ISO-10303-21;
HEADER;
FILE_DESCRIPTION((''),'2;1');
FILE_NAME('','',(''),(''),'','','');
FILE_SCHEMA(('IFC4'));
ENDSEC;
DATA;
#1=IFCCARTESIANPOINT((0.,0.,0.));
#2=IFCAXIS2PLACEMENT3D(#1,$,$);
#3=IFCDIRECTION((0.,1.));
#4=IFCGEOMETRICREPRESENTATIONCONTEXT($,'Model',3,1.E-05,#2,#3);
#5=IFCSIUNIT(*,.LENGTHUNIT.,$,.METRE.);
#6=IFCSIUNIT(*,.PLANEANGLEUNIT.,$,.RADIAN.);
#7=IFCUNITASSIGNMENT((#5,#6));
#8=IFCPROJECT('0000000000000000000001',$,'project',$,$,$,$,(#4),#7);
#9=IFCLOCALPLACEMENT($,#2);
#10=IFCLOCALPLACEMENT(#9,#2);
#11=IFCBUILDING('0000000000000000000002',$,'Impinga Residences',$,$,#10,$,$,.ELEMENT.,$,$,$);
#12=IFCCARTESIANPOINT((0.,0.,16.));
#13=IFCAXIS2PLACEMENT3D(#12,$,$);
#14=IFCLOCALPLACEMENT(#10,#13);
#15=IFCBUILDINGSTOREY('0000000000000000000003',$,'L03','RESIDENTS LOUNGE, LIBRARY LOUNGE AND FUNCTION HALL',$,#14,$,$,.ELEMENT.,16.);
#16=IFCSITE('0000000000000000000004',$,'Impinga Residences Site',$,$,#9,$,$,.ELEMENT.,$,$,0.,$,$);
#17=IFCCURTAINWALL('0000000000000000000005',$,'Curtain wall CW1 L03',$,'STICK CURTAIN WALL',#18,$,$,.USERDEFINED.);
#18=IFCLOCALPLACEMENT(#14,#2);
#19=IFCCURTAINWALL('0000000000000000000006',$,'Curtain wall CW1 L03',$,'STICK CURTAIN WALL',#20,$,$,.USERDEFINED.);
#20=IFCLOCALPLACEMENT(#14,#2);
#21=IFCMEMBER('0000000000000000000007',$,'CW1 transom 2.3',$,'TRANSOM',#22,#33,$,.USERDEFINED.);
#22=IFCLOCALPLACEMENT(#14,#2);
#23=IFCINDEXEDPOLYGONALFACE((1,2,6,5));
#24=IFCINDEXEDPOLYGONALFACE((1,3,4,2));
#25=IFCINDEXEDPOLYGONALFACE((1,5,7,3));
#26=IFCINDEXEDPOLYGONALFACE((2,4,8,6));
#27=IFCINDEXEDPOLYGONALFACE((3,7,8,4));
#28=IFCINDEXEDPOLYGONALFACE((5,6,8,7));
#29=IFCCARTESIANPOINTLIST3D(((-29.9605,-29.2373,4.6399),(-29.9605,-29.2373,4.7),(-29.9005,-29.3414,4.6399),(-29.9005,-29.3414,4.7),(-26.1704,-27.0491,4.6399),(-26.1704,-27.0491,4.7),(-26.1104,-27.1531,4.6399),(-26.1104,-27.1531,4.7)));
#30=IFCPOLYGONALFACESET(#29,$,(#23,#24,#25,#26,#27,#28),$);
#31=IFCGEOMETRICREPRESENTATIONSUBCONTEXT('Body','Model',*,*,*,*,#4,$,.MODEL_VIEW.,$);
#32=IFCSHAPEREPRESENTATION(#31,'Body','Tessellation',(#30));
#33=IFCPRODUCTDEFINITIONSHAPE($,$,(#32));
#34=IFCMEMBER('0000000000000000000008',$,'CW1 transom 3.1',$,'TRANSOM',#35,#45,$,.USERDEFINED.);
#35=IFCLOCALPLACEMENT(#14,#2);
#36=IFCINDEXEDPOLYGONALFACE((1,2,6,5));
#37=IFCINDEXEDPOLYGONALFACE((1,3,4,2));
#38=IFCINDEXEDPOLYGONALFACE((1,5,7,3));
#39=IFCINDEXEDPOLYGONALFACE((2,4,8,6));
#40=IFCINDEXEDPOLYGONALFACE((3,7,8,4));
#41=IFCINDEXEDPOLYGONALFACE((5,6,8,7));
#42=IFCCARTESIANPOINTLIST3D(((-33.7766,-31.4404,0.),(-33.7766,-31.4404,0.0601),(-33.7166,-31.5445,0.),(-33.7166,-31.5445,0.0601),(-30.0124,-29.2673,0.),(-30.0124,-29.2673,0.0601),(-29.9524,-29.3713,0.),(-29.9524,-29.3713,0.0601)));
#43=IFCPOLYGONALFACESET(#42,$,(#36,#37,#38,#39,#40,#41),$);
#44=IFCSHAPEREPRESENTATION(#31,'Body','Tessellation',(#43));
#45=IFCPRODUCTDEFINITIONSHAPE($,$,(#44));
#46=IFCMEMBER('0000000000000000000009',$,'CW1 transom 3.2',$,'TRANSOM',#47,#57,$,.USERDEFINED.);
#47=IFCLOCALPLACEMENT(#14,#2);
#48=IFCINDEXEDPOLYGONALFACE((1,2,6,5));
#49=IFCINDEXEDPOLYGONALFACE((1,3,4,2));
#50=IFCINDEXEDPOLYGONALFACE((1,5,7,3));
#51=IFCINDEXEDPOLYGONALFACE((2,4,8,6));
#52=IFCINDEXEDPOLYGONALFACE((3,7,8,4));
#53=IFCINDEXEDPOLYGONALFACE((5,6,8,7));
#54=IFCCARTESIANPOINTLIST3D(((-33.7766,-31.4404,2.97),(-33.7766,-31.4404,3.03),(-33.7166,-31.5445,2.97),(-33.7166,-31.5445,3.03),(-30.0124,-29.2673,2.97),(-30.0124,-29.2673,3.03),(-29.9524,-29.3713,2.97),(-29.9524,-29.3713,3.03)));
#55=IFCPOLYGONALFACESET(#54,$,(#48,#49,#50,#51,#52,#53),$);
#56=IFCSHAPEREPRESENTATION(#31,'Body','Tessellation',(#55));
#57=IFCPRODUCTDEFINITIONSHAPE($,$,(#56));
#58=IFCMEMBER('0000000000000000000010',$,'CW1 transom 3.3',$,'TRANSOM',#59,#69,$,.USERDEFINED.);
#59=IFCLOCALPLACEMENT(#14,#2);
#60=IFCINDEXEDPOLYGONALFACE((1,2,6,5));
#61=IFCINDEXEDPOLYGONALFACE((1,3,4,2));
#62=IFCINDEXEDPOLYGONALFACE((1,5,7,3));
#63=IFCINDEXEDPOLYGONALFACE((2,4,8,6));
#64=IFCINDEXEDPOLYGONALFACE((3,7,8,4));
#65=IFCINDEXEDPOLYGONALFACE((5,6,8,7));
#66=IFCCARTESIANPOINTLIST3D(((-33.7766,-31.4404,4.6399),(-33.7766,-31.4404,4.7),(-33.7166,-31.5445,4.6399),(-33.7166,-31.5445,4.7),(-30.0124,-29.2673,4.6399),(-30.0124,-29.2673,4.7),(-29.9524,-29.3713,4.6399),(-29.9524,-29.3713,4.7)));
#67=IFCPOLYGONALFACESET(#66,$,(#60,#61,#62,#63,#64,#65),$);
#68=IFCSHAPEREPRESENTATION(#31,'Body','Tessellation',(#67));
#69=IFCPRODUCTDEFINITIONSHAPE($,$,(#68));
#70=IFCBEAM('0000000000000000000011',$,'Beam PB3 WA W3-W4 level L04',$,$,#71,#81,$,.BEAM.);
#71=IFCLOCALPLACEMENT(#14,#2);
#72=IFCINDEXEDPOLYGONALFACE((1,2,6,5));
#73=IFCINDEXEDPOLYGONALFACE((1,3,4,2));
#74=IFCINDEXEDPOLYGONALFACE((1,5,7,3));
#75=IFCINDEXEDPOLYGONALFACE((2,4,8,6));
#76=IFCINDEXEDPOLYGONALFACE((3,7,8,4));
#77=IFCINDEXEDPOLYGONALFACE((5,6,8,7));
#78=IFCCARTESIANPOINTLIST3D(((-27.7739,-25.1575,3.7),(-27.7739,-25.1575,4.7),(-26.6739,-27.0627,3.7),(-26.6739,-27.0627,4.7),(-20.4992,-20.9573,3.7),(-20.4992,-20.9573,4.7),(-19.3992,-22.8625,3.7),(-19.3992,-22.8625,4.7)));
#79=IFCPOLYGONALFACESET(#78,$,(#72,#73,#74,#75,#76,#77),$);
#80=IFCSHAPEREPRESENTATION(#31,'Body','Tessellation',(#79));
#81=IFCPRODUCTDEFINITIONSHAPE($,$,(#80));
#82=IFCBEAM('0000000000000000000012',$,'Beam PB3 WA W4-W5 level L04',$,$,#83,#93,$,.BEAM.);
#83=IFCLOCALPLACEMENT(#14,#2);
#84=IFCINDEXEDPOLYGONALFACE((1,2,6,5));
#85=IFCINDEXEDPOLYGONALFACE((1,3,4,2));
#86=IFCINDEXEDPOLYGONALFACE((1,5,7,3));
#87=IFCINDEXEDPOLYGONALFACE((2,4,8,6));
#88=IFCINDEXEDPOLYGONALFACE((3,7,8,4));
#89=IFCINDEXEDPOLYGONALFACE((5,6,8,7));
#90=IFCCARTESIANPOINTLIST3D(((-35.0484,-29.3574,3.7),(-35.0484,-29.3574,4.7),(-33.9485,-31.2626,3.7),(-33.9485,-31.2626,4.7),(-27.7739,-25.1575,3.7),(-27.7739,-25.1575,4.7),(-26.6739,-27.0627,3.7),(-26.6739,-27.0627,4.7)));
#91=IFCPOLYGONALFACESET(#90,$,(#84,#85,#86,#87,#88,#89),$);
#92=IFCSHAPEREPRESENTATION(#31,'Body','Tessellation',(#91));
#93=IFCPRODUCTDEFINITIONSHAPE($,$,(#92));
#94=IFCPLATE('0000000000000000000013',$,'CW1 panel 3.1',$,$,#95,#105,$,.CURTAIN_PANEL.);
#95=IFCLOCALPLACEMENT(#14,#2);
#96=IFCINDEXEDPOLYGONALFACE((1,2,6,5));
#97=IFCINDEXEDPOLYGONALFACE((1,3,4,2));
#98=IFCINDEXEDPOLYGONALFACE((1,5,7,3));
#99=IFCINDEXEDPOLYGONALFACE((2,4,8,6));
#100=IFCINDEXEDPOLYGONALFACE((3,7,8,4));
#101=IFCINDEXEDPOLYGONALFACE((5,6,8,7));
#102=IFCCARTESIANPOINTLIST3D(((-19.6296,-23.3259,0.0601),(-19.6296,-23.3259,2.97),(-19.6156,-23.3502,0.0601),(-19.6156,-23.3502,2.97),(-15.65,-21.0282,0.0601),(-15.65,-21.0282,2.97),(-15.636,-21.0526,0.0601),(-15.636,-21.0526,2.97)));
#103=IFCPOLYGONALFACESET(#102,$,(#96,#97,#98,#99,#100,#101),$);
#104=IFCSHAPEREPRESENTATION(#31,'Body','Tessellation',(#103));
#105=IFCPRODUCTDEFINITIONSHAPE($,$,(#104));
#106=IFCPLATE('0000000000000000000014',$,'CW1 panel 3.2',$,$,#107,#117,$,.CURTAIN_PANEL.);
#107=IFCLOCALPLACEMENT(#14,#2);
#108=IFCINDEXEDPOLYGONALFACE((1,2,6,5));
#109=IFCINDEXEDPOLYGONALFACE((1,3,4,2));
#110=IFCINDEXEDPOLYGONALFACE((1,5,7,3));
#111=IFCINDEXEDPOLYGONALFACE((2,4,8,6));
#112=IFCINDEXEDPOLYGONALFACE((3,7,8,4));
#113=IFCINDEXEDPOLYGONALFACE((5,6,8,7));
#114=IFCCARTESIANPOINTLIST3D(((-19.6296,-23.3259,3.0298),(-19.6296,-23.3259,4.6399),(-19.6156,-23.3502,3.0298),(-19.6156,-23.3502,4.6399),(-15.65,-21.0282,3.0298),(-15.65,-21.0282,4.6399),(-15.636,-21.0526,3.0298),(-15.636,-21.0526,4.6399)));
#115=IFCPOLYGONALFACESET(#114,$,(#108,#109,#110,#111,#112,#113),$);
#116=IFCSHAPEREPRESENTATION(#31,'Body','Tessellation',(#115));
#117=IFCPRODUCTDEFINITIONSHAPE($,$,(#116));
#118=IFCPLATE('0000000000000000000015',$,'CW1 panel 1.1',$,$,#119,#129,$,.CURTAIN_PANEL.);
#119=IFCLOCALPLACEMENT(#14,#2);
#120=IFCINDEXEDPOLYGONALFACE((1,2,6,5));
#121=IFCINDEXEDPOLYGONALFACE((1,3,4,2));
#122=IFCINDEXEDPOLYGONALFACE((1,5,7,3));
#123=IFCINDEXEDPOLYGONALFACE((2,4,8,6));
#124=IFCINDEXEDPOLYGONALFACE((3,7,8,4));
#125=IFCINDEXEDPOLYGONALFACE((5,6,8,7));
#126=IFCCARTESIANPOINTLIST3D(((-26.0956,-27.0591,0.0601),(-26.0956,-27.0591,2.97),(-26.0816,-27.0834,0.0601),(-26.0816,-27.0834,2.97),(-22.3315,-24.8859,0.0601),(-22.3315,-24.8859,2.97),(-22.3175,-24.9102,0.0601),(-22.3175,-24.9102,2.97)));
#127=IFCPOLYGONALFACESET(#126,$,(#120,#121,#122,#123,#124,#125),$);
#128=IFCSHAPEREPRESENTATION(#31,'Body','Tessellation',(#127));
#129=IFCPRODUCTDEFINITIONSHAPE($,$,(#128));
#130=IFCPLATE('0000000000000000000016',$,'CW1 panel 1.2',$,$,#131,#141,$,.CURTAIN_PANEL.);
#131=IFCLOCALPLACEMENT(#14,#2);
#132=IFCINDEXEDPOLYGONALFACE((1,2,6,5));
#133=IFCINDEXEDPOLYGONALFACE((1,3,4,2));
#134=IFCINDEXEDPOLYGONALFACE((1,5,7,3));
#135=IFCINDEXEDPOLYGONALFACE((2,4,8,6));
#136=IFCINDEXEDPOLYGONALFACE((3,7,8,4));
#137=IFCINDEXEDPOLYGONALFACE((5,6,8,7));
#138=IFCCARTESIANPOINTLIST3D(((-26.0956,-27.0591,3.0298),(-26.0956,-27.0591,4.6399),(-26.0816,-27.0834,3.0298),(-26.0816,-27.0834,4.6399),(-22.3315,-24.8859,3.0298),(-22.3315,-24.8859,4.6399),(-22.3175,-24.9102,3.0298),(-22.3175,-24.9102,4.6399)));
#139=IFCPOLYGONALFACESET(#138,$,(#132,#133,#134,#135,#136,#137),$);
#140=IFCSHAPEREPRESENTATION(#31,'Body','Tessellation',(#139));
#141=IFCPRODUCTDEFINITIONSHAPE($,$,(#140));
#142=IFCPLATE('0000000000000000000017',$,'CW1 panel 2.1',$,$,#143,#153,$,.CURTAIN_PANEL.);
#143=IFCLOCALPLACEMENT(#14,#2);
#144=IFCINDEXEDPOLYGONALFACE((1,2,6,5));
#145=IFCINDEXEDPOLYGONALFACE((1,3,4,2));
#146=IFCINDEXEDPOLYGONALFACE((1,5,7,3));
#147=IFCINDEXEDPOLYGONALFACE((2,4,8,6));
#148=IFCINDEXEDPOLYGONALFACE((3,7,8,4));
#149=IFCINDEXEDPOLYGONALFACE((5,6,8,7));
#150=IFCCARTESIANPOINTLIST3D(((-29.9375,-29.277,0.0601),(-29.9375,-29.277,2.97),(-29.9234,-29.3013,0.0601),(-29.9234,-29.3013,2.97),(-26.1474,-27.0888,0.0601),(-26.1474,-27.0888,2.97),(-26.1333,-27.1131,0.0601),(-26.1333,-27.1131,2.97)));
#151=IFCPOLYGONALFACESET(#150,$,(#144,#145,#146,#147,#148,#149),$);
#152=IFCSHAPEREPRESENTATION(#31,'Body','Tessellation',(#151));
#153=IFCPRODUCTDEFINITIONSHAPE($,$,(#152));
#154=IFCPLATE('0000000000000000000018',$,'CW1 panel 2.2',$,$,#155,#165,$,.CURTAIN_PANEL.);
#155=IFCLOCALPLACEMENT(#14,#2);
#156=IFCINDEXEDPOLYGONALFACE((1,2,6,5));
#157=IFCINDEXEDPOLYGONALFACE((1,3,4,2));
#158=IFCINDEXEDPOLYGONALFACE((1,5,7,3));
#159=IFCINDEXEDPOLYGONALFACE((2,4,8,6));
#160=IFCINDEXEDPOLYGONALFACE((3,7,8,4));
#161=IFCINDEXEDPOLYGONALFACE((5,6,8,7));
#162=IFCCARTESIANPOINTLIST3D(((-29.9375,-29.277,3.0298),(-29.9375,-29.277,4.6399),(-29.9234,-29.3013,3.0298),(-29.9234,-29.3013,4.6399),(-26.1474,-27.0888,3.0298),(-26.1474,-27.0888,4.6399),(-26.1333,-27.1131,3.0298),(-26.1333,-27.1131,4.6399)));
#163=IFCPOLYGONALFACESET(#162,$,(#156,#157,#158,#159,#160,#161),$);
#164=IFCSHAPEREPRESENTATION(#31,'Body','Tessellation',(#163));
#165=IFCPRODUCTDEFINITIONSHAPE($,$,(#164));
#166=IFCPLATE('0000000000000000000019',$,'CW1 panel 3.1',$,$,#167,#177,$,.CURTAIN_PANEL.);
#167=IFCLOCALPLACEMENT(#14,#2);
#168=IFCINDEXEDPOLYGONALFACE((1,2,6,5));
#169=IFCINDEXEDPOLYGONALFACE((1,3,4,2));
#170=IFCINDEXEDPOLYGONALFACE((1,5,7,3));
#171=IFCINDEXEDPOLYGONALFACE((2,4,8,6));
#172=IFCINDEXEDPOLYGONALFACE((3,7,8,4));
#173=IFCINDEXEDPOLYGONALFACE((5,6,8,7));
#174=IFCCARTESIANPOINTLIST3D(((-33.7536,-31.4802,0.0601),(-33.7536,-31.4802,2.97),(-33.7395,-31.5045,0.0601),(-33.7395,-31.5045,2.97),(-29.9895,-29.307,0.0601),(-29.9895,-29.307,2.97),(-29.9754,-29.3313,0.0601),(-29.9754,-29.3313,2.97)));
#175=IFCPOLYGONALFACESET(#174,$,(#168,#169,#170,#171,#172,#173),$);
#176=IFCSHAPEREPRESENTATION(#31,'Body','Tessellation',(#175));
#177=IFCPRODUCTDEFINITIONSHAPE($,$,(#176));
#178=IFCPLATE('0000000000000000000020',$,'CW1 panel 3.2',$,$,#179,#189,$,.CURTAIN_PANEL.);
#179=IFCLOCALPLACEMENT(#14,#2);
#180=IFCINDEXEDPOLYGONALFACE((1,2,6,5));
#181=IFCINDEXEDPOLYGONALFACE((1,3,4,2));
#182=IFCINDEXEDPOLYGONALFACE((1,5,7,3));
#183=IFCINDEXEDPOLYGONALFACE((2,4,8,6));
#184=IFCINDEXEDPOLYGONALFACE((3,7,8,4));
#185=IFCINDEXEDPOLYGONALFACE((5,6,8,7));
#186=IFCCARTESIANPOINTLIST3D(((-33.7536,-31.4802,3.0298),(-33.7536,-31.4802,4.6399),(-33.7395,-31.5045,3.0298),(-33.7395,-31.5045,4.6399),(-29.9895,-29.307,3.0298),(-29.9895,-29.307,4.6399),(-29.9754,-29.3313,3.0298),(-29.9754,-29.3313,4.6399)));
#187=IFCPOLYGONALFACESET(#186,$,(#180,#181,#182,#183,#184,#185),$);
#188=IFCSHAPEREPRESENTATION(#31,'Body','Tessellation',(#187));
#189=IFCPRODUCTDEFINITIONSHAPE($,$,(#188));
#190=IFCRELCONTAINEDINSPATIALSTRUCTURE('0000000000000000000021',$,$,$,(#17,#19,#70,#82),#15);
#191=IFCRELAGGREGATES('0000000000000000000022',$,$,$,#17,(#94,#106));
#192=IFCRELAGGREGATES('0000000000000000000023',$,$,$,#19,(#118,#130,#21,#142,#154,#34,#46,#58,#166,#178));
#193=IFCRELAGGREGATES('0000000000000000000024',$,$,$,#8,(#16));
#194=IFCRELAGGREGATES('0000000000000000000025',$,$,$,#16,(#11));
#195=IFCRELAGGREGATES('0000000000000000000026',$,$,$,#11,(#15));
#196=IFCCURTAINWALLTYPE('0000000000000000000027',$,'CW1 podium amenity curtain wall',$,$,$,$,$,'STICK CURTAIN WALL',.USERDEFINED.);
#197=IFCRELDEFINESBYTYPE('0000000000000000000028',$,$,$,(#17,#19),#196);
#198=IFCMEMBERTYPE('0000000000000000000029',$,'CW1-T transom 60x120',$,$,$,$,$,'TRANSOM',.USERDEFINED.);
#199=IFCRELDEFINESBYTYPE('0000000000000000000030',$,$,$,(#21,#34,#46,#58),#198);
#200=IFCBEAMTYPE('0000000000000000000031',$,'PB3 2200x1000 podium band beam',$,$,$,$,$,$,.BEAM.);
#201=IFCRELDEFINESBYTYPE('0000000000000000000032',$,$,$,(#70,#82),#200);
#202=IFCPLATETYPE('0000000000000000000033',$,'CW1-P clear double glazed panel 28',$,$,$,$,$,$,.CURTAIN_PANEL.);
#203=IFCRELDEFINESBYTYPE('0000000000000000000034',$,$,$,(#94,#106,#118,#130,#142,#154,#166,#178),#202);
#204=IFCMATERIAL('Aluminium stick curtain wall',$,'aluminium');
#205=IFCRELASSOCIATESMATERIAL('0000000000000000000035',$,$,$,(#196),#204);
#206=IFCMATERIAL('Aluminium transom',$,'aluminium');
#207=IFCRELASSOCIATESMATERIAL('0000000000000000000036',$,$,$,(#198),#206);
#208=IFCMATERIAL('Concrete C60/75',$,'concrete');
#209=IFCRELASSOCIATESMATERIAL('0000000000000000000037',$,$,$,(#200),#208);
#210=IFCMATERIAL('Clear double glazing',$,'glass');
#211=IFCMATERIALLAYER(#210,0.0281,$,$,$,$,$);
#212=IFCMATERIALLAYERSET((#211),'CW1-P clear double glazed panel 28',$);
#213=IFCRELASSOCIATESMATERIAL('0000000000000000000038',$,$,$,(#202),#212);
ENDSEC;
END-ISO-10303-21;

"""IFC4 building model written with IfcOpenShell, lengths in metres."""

from ifc_helpers import new_model, si_unit, direction, frame, origin, origin_2d, place, context, subcontext, project, spatial, rectangle, extrude, material, layer, layer_set, material_profile, profile_set, type_object, element, aggregate, save


model = new_model("IFC4")

# Units and contexts
model_context = context("Model", 3, precision=1e-05, world=origin(), true_north=direction((0.0, 1.0)))
body_context = subcontext(model_context, "Body", "Model", "MODEL_VIEW")
ifc_project = project(units=[si_unit("LENGTHUNIT", "METRE"), si_unit("PLANEANGLEUNIT", "RADIAN")], contexts=[model_context])

# Site, building, storey
site_placement = place(None, origin())
site = spatial("IfcSite", under=ifc_project, at=site_placement, Name="Impinga Residences Site", CompositionType="ELEMENT", RefElevation=0.0)
building_placement = place(site_placement, origin())
building = spatial("IfcBuilding", under=site, at=building_placement, Name="Impinga Residences", CompositionType="ELEMENT")
storey_placement = place(building_placement, frame((0.0, 0.0, 16.0)))
storey = spatial("IfcBuildingStorey", under=building, at=storey_placement, Name="L03", Description="RESIDENTS LOUNGE, LIBRARY LOUNGE AND FUNCTION HALL", CompositionType="ELEMENT", Elevation=16.0)

# Shared definitions
ifc_material_1 = material(Name="Concrete C60/75", Category="concrete")

# Curtain wall
ifc_material_2 = material(Name="Aluminium stick curtain wall", Category="aluminium")
curtain_wall_type = type_object("IfcCurtainWallType", Name="CW1 podium amenity curtain wall", ElementType="STICK CURTAIN WALL", PredefinedType="USERDEFINED", material=ifc_material_2)
curtain_wall_1_placement = place(storey_placement, origin())
curtain_wall_1 = element("IfcCurtainWall", 1, at=curtain_wall_1_placement, inside=storey, type_object=curtain_wall_type, Name="Curtain wall CW1 L03", ObjectType="STICK CURTAIN WALL", PredefinedType="USERDEFINED")

# Curtain wall
curtain_wall_2_placement = place(storey_placement, origin())
curtain_wall_2 = element("IfcCurtainWall", 2, at=curtain_wall_2_placement, inside=storey, type_object=curtain_wall_type, Name="Curtain wall CW1 L03", ObjectType="STICK CURTAIN WALL", PredefinedType="USERDEFINED")

# Members
ifc_material_3 = material(Name="Aluminium transom", Category="aluminium")
ifc_material_profile_1 = material_profile(ifc_material_3, rectangle(XDim=0.0601, YDim=0.1201, at=origin_2d()), Name="60x120 transom")
ifc_profile_set_1 = profile_set([ifc_material_profile_1], Name="Aluminium transom")
member_type_1 = type_object("IfcMemberType", Name="CW1-T transom 60x120", ElementType="TRANSOM", PredefinedType="USERDEFINED", material=ifc_profile_set_1)
member_1_placement = place(storey_placement, frame((-26.1404, -27.1011, 4.6699), z_axis=(-0.86602, -0.500009, 0.0), x_axis=(0.0, 0.0, 1.0)))
member_1 = element("IfcMember", 3, at=member_1_placement, type_object=member_type_1, Name="CW1 transom 2.3", ObjectType="TRANSOM", PredefinedType="USERDEFINED", context=body_context, shape_type="SweptSolid", body=[
    extrude(rectangle(XDim=0.0601, YDim=0.1201, at=origin_2d()), origin(), (0.0, 0.0, 1.0), 4.3765),
])
member_2_placement = place(storey_placement, frame((-29.9824, -29.3193, 0.03), z_axis=(-0.86604, -0.499975, 0.0), x_axis=(0.0, 0.0, 1.0)))
member_2 = element("IfcMember", 4, at=member_2_placement, type_object=member_type_1, Name="CW1 transom 3.1", ObjectType="TRANSOM", PredefinedType="USERDEFINED", context=body_context, shape_type="SweptSolid", body=[
    extrude(rectangle(XDim=0.0601, YDim=0.1201, at=origin_2d()), origin(), (0.0, 0.0, 1.0), 4.3464),
])
member_3_placement = place(storey_placement, frame((-29.9824, -29.3193, 3.0), z_axis=(-0.86604, -0.499975, 0.0), x_axis=(0.0, 0.0, 1.0)))
member_3 = element("IfcMember", 5, at=member_3_placement, type_object=member_type_1, Name="CW1 transom 3.2", ObjectType="TRANSOM", PredefinedType="USERDEFINED", context=body_context, shape_type="SweptSolid", body=[
    extrude(rectangle(XDim=0.0601, YDim=0.1201, at=origin_2d()), origin(), (0.0, 0.0, 1.0), 4.3464),
])
member_4_placement = place(storey_placement, frame((-29.9824, -29.3193, 4.6699), z_axis=(-0.86604, -0.499975, 0.0), x_axis=(0.0, 0.0, 1.0)))
member_4 = element("IfcMember", 6, at=member_4_placement, type_object=member_type_1, Name="CW1 transom 3.3", ObjectType="TRANSOM", PredefinedType="USERDEFINED", context=body_context, shape_type="SweptSolid", body=[
    extrude(rectangle(XDim=0.0601, YDim=0.1201, at=origin_2d()), origin(), (0.0, 0.0, 1.0), 4.3464),
])

# Beams
ifc_material_profile_2 = material_profile(ifc_material_1, rectangle(XDim=2.2, YDim=1.0, at=origin_2d()), Name="RC 2200x1000")
ifc_profile_set_2 = profile_set([ifc_material_profile_2], Name="Concrete C60/75")
beam_type_1 = type_object("IfcBeamType", Name="PB3 2200x1000 podium band beam", PredefinedType="BEAM", material=ifc_profile_set_2)
beam_1_placement = place(storey_placement, frame((-19.9492, -21.9099, 4.2), z_axis=(-0.866017, -0.500015, 0.0), x_axis=(0.500015, -0.866017, 0.0)))
element("IfcBeam", 7, at=beam_1_placement, inside=storey, type_object=beam_type_1, Name="Beam PB3 WA W3-W4 level L04", PredefinedType="BEAM", context=body_context, shape_type="SweptSolid", body=[
    extrude(rectangle(XDim=2.2, YDim=1.0, at=origin_2d()), origin(), (0.0, 0.0, 1.0), 8.4001),
])
beam_2_placement = place(storey_placement, frame((-27.2239, -26.1101, 4.2), z_axis=(-0.866029, -0.499993, 0.0), x_axis=(0.499993, -0.866029, 0.0)))
element("IfcBeam", 8, at=beam_2_placement, inside=storey, type_object=beam_type_1, Name="Beam PB3 WA W4-W5 level L04", PredefinedType="BEAM", context=body_context, shape_type="SweptSolid", body=[
    extrude(rectangle(XDim=2.2, YDim=1.0, at=origin_2d()), origin(), (0.0, 0.0, 1.0), 8.3999),
])

# Plates
ifc_material_4 = material(Name="Clear double glazing", Category="glass")
ifc_layer_1 = layer(ifc_material_4, 0.0281)
ifc_layer_set_1 = layer_set([ifc_layer_1], Name="CW1-P clear double glazed panel 28")
plate_type = type_object("IfcPlateType", Name="CW1-P clear double glazed panel 28", PredefinedType="CURTAIN_PANEL", material=ifc_layer_set_1)
plate_1_placement = place(storey_placement, frame((-17.6328, -22.1892, 0.0601), z_axis=(0.0, 0.0, 1.0), x_axis=(-0.866025, -0.5, 0.0)))
plate_1 = element("IfcPlate", 9, at=plate_1_placement, type_object=plate_type, Name="CW1 panel 3.1", PredefinedType="CURTAIN_PANEL", context=body_context, shape_type="SweptSolid", body=[
    extrude(rectangle(XDim=4.5952, YDim=0.0281, at=origin_2d()), origin(), (0.0, 0.0, 1.0), 2.9099),
])
plate_2_placement = place(storey_placement, frame((-17.6328, -22.1892, 3.0298), z_axis=(0.0, 0.0, 1.0), x_axis=(-0.866025, -0.5, 0.0)))
plate_2 = element("IfcPlate", 10, at=plate_2_placement, type_object=plate_type, Name="CW1 panel 3.2", PredefinedType="CURTAIN_PANEL", context=body_context, shape_type="SweptSolid", body=[
    extrude(rectangle(XDim=4.5952, YDim=0.0281, at=origin_2d()), origin(), (0.0, 0.0, 1.0), 1.6101),
])
aggregate(curtain_wall_1, [plate_1, plate_2])
plate_3_placement = place(storey_placement, frame((-24.2065, -25.9846, 0.0601), z_axis=(0.0, 0.0, 1.0), x_axis=(-0.866025, -0.5, 0.0)))
plate_3 = element("IfcPlate", 11, at=plate_3_placement, type_object=plate_type, Name="CW1 panel 1.1", PredefinedType="CURTAIN_PANEL", context=body_context, shape_type="SweptSolid", body=[
    extrude(rectangle(XDim=4.3464, YDim=0.0281, at=origin_2d()), origin(), (0.0, 0.0, 1.0), 2.9099),
])
plate_4_placement = place(storey_placement, frame((-24.2065, -25.9846, 3.0298), z_axis=(0.0, 0.0, 1.0), x_axis=(-0.866025, -0.5, 0.0)))
plate_4 = element("IfcPlate", 12, at=plate_4_placement, type_object=plate_type, Name="CW1 panel 1.2", PredefinedType="CURTAIN_PANEL", context=body_context, shape_type="SweptSolid", body=[
    extrude(rectangle(XDim=4.3464, YDim=0.0281, at=origin_2d()), origin(), (0.0, 0.0, 1.0), 1.6101),
])
plate_5_placement = place(storey_placement, frame((-28.0354, -28.1951, 0.0601), z_axis=(0.0, 0.0, 1.0), x_axis=(-0.866025, -0.5, 0.0)))
plate_5 = element("IfcPlate", 13, at=plate_5_placement, type_object=plate_type, Name="CW1 panel 2.1", PredefinedType="CURTAIN_PANEL", context=body_context, shape_type="SweptSolid", body=[
    extrude(rectangle(XDim=4.3765, YDim=0.0281, at=origin_2d()), origin(), (0.0, 0.0, 1.0), 2.9099),
])
plate_6_placement = place(storey_placement, frame((-28.0354, -28.1951, 3.0298), z_axis=(0.0, 0.0, 1.0), x_axis=(-0.866025, -0.5, 0.0)))
plate_6 = element("IfcPlate", 14, at=plate_6_placement, type_object=plate_type, Name="CW1 panel 2.2", PredefinedType="CURTAIN_PANEL", context=body_context, shape_type="SweptSolid", body=[
    extrude(rectangle(XDim=4.3765, YDim=0.0281, at=origin_2d()), origin(), (0.0, 0.0, 1.0), 1.6101),
])
plate_7_placement = place(storey_placement, frame((-31.8645, -30.4058, 0.0601), z_axis=(0.0, 0.0, 1.0), x_axis=(-0.866025, -0.5, 0.0)))
plate_7 = element("IfcPlate", 15, at=plate_7_placement, type_object=plate_type, Name="CW1 panel 3.1", PredefinedType="CURTAIN_PANEL", context=body_context, shape_type="SweptSolid", body=[
    extrude(rectangle(XDim=4.3464, YDim=0.0281, at=origin_2d()), origin(), (0.0, 0.0, 1.0), 2.9099),
])
plate_8_placement = place(storey_placement, frame((-31.8645, -30.4058, 3.0298), z_axis=(0.0, 0.0, 1.0), x_axis=(-0.866025, -0.5, 0.0)))
plate_8 = element("IfcPlate", 16, at=plate_8_placement, type_object=plate_type, Name="CW1 panel 3.2", PredefinedType="CURTAIN_PANEL", context=body_context, shape_type="SweptSolid", body=[
    extrude(rectangle(XDim=4.3464, YDim=0.0281, at=origin_2d()), origin(), (0.0, 0.0, 1.0), 1.6101),
])
aggregate(curtain_wall_2, [plate_3, plate_4, member_1, plate_5, plate_6, member_2, member_3, member_4, plate_7, plate_8])

save(model, "model.ifc")
